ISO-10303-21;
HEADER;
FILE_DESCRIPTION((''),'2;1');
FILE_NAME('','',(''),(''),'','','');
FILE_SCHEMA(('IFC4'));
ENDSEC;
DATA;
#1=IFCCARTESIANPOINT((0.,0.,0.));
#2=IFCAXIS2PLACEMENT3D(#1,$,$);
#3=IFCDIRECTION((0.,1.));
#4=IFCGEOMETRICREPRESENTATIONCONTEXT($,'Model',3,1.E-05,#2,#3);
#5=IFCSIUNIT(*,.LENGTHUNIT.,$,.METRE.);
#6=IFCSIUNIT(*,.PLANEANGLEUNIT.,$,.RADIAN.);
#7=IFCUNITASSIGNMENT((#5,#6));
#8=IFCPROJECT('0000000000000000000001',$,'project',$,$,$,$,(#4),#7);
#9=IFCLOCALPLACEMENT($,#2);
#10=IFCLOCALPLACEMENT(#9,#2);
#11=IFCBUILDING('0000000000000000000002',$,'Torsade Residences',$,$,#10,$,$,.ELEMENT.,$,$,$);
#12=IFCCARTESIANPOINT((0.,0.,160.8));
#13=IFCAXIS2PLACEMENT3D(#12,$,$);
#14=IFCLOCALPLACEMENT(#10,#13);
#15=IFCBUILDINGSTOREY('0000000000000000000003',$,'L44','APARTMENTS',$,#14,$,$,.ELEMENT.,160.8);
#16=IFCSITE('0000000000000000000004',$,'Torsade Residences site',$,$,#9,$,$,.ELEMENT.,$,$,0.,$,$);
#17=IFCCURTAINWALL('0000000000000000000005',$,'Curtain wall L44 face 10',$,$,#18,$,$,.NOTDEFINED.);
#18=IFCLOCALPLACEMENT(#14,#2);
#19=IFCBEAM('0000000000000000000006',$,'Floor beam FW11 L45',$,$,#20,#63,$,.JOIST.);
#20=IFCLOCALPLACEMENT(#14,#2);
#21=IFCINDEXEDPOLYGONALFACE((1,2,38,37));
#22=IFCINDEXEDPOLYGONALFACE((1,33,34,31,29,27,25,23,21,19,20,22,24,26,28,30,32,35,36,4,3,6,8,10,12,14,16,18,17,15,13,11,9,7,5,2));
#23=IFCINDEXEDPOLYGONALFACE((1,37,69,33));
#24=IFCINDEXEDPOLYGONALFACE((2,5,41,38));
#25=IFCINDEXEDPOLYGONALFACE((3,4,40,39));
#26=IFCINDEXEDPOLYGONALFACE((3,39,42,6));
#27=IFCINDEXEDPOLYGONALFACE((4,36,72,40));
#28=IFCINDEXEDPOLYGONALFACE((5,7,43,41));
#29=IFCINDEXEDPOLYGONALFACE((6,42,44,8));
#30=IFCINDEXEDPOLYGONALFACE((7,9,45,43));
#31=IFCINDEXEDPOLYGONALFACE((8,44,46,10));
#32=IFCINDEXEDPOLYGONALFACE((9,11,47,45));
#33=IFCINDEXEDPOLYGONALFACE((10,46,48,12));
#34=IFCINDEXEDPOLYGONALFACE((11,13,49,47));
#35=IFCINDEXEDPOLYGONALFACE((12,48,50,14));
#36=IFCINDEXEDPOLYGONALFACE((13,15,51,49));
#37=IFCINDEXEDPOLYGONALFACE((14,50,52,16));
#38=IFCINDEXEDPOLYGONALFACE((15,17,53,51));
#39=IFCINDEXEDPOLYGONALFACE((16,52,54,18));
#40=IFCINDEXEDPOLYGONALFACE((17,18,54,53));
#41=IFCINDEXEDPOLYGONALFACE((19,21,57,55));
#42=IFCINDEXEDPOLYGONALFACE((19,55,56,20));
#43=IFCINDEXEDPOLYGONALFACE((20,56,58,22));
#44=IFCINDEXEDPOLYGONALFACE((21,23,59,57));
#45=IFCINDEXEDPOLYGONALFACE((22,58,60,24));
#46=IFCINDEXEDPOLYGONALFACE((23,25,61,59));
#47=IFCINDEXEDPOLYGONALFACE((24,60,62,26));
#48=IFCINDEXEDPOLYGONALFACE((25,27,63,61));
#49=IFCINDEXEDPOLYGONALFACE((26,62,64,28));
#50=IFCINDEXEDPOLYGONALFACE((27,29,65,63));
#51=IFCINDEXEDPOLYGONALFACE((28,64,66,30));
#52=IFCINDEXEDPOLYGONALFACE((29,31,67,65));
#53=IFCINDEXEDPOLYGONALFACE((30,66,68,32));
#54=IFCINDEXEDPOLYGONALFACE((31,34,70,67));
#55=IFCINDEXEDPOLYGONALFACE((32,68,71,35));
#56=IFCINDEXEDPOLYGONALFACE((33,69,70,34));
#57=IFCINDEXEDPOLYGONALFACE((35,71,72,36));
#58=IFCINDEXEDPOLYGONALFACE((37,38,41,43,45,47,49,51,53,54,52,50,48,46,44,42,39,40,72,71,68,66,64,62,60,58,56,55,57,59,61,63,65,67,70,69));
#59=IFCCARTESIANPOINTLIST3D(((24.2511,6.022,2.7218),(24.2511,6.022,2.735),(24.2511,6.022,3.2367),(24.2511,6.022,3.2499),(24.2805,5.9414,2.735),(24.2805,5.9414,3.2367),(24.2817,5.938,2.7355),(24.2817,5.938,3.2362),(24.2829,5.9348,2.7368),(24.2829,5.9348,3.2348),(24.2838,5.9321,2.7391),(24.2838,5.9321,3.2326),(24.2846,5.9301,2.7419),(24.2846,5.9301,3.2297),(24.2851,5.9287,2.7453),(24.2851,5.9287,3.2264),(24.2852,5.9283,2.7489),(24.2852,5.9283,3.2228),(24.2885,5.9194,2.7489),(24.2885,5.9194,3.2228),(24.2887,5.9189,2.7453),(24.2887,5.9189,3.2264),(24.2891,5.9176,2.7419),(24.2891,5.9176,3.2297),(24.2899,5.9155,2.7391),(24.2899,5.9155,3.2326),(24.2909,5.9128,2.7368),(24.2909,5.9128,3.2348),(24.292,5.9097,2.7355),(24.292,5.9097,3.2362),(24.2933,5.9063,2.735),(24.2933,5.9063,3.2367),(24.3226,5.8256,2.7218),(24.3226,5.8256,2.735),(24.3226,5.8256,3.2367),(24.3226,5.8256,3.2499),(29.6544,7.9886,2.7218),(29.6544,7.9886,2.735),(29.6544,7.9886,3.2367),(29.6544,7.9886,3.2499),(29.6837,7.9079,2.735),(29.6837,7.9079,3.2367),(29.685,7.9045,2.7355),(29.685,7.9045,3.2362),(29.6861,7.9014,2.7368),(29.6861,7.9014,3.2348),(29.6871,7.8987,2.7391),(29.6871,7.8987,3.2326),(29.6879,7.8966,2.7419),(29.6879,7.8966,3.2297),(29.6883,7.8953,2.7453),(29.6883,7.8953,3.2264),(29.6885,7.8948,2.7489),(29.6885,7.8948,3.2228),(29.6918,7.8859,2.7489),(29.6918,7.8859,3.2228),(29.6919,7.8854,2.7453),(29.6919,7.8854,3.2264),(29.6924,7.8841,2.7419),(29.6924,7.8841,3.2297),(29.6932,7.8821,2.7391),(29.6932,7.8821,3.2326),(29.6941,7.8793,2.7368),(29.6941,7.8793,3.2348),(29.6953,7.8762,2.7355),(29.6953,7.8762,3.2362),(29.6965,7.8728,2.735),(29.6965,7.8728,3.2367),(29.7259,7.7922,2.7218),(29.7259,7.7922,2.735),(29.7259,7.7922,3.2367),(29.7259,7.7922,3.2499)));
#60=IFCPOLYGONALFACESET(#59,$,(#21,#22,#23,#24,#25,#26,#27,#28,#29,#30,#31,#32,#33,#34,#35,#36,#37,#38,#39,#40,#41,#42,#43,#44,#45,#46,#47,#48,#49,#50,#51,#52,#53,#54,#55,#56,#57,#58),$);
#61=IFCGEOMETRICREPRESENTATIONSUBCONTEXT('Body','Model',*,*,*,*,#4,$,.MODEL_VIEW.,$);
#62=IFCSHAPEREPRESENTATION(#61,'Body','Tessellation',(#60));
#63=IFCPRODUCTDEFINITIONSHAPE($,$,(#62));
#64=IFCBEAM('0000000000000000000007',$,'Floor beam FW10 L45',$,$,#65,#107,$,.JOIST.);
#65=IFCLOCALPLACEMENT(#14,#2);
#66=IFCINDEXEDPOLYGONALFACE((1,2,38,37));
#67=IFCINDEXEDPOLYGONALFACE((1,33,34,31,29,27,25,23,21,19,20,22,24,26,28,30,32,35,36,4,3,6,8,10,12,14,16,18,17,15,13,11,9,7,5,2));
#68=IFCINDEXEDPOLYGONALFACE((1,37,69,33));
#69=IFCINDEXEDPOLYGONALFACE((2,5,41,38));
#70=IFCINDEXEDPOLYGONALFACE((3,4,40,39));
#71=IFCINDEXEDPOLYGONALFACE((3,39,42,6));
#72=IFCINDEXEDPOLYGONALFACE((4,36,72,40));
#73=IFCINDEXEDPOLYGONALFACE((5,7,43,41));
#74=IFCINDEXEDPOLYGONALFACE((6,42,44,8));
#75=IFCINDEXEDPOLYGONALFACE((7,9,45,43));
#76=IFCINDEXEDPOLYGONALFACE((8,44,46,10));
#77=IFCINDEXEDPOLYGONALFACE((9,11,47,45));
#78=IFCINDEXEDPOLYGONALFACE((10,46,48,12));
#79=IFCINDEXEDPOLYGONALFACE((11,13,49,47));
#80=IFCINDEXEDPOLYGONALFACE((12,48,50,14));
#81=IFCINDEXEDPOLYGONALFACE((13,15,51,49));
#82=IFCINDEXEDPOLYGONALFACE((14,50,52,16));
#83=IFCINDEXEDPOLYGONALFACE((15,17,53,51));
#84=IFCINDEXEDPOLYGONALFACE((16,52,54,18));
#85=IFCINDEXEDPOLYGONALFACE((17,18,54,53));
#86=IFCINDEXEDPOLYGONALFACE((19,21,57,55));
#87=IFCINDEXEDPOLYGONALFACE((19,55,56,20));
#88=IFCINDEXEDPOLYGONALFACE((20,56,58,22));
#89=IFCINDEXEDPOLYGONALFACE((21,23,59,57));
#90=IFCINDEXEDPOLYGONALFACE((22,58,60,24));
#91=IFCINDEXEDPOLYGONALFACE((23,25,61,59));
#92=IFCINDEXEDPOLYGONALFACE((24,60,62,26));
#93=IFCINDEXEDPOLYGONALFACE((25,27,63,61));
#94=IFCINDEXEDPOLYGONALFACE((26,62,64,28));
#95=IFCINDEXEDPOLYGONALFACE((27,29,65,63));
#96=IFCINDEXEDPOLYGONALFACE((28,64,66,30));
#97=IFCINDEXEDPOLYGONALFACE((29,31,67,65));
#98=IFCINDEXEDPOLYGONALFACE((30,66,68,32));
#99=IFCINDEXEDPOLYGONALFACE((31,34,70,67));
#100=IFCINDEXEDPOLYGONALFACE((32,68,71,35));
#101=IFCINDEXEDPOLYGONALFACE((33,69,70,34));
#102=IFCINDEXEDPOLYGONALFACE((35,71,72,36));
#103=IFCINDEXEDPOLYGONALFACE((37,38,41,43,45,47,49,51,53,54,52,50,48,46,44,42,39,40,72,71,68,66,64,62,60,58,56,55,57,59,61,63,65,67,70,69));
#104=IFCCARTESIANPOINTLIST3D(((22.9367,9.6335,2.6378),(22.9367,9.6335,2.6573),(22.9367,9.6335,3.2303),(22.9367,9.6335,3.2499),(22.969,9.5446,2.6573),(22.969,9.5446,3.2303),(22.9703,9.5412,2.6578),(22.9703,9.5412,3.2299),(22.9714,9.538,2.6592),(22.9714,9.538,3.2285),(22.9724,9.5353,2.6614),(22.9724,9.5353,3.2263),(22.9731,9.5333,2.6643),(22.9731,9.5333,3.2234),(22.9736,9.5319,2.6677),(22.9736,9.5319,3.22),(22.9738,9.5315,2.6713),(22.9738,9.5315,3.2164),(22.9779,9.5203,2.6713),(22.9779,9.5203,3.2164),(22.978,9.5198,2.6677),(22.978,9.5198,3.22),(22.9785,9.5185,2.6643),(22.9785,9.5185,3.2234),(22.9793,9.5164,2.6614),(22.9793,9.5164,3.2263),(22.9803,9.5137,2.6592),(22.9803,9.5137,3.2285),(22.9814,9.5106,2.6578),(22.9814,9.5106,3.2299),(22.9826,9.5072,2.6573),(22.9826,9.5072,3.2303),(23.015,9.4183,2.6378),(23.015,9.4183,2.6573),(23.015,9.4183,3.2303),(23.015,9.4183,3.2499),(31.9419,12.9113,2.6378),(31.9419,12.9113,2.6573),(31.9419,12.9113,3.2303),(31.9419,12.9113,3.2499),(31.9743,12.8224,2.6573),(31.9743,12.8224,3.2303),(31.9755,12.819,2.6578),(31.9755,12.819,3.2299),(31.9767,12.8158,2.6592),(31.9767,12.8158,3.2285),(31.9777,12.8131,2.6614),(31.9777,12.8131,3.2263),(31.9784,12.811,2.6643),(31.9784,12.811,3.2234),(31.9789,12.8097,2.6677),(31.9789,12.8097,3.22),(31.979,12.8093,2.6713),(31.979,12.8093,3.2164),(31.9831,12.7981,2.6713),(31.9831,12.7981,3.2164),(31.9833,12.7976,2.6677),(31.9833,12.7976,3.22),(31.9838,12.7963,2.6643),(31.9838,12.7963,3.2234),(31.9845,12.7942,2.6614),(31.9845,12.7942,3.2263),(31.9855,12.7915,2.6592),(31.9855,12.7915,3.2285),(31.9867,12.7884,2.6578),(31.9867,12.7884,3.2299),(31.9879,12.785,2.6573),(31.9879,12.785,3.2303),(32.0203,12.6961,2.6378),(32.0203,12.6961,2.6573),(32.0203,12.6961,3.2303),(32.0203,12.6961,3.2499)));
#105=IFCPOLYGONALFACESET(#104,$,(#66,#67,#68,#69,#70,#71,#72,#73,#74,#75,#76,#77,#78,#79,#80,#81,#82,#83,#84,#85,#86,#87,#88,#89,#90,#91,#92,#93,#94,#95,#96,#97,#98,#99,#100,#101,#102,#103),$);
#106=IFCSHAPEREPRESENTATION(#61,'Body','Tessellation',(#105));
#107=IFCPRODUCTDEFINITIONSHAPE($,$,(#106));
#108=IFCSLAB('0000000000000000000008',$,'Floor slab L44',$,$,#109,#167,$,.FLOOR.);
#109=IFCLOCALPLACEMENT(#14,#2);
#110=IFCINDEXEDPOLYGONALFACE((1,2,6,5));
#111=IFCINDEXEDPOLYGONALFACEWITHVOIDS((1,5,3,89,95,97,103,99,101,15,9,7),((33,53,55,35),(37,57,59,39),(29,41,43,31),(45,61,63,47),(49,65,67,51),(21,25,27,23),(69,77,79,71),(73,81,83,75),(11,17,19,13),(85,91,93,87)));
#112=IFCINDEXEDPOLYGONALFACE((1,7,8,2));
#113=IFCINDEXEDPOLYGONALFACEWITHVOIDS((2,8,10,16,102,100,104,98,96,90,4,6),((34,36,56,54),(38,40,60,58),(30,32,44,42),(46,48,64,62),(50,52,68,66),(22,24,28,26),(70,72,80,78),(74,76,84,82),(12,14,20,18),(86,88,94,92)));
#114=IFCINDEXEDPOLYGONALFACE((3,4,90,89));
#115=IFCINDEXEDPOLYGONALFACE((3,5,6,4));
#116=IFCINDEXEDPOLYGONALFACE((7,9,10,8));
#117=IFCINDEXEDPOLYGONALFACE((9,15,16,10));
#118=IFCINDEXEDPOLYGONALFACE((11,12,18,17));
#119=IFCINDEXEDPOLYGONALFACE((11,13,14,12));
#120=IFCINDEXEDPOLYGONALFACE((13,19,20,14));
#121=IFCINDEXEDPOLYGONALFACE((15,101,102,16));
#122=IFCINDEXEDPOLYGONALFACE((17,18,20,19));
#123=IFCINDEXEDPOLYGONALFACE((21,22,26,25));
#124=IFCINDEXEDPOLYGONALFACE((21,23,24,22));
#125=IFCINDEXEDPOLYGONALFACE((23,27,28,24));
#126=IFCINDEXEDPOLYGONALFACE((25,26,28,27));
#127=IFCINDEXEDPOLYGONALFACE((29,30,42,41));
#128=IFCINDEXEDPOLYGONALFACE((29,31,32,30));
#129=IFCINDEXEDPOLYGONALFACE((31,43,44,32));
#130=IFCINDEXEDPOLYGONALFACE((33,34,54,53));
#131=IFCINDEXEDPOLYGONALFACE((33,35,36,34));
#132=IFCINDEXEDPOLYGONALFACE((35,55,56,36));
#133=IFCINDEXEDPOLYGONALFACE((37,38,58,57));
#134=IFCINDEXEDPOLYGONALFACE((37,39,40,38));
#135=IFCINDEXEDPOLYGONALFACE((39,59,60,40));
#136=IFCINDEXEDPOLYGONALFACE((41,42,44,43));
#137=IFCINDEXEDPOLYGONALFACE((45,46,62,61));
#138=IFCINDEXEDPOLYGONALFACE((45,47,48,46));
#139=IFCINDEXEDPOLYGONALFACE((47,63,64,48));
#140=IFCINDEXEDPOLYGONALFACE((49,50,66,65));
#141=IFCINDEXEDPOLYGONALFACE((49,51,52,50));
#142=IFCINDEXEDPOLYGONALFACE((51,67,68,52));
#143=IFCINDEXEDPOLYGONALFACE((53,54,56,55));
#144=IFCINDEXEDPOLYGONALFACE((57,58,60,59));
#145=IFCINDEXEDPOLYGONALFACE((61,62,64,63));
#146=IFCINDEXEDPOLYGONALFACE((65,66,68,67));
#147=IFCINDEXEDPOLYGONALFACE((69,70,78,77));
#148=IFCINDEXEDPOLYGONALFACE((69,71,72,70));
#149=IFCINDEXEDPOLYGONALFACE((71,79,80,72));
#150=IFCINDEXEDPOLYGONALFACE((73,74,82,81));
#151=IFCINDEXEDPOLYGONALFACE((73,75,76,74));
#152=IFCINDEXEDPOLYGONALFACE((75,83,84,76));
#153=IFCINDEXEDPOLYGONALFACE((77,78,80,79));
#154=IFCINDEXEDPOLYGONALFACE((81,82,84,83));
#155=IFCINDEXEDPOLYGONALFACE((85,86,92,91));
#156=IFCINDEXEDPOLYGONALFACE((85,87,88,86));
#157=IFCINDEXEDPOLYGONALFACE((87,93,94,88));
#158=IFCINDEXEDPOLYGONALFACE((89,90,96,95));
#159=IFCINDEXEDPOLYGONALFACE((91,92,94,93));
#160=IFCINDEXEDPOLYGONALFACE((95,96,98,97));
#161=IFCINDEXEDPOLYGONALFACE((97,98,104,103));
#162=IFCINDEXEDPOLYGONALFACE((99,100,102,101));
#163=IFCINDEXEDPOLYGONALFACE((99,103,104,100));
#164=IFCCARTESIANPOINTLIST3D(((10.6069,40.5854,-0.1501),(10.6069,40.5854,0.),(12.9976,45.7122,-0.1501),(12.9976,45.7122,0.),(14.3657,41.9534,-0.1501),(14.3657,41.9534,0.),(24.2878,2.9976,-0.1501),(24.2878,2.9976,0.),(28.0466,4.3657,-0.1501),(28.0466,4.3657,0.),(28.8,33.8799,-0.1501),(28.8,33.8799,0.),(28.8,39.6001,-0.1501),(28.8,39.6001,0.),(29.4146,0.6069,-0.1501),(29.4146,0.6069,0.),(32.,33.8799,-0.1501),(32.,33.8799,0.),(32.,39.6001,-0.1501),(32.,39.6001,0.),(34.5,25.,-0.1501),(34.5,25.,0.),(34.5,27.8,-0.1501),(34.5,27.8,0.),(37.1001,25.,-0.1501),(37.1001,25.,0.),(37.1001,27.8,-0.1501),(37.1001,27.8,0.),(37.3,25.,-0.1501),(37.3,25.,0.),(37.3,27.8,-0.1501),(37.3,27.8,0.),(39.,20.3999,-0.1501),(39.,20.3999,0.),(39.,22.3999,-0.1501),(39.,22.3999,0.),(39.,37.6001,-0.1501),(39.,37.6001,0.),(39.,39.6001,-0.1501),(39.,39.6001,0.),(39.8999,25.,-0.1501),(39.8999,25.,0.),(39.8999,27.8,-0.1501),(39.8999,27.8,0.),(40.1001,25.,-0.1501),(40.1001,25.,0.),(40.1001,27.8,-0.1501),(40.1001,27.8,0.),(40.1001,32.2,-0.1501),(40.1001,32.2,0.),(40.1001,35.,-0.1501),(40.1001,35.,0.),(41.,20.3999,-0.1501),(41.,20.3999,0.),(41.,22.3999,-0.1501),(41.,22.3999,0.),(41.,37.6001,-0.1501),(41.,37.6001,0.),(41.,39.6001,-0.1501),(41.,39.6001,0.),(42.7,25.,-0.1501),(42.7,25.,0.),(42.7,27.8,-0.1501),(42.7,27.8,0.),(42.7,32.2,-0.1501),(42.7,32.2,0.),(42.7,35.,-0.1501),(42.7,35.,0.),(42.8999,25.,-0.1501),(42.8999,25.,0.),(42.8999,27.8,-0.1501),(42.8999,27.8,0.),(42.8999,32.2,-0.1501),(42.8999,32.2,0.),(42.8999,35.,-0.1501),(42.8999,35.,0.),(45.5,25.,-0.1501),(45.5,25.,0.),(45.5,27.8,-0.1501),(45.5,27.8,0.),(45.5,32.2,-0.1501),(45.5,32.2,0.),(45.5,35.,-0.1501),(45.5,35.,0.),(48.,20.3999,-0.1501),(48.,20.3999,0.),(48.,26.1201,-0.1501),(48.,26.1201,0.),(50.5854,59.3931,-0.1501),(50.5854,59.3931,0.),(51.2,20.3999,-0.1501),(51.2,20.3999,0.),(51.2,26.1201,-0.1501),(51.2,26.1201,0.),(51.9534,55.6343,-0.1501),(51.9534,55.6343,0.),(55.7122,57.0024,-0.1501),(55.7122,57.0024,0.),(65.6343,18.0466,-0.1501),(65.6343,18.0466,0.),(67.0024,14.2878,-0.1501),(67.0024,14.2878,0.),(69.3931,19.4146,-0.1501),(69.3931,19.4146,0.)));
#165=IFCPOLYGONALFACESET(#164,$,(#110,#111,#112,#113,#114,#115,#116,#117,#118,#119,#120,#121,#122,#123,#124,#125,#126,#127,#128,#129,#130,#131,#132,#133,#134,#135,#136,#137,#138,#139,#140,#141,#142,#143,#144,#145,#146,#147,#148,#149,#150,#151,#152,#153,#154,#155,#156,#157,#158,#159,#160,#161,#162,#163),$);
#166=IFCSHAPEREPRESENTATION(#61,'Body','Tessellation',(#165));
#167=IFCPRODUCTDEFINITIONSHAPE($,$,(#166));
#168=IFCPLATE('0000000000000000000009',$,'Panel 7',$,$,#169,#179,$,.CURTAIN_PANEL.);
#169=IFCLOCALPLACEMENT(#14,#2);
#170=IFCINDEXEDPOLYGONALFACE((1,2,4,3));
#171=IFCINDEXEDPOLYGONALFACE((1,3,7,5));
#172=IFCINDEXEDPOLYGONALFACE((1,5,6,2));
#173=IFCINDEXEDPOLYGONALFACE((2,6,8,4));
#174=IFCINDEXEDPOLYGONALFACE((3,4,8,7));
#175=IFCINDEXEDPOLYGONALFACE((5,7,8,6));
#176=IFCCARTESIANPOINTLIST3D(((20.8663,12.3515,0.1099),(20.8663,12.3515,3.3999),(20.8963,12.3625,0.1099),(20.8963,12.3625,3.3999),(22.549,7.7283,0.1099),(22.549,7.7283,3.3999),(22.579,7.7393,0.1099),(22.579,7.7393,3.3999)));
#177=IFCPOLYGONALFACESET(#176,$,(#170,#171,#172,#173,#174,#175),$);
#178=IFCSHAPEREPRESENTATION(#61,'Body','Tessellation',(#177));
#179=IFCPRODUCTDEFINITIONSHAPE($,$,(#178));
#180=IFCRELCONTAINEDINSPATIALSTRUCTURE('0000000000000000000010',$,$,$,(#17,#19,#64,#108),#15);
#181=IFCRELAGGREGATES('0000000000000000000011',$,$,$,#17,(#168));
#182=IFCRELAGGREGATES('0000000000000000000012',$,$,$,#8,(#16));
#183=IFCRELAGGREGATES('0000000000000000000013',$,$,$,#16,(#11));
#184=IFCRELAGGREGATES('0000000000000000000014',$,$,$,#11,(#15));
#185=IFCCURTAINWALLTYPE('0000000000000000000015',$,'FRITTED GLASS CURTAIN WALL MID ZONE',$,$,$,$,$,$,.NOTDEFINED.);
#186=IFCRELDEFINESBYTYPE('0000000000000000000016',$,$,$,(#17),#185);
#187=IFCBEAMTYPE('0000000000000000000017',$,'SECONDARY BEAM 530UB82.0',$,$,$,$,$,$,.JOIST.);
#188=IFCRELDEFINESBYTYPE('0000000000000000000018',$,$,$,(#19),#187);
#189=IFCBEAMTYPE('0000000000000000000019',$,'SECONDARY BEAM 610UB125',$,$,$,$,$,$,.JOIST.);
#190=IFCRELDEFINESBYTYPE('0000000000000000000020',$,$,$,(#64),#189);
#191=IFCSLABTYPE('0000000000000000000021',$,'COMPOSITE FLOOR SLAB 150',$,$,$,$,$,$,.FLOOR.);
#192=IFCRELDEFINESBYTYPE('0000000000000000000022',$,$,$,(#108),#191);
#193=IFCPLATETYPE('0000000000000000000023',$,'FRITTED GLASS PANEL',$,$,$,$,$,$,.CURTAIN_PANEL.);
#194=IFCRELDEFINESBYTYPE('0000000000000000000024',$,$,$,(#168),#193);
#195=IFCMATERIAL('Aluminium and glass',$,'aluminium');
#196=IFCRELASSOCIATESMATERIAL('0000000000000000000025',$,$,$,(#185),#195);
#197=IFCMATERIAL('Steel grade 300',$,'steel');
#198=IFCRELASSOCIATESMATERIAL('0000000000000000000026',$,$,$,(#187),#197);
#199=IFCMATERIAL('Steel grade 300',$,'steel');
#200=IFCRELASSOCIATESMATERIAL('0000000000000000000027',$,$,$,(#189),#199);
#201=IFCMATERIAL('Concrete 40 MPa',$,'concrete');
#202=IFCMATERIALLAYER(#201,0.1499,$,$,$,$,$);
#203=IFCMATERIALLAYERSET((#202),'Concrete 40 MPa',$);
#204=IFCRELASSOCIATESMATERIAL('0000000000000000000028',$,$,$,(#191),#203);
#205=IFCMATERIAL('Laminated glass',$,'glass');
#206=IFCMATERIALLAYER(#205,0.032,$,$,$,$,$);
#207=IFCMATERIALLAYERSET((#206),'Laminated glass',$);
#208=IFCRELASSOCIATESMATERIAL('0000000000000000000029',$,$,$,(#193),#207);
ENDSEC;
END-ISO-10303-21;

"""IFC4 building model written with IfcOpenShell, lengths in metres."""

from ifc_helpers import new_model, si_unit, direction, frame, origin, origin_2d, place, context, subcontext, project, spatial, polyline, rectangle, i_section, outline, extrude, material, layer, layer_set, material_profile, profile_set, type_object, element, aggregate, save


model = new_model("IFC4")

# Units and contexts
model_context = context("Model", 3, precision=1e-05, world=origin(), true_north=direction((0.0, 1.0)))
body_context = subcontext(model_context, "Body", "Model", "MODEL_VIEW")
ifc_project = project(units=[si_unit("LENGTHUNIT", "METRE"), si_unit("PLANEANGLEUNIT", "RADIAN")], contexts=[model_context])

# Site, building, storey
site_placement = place(None, origin())
site = spatial("IfcSite", under=ifc_project, at=site_placement, Name="Torsade Residences site", CompositionType="ELEMENT", RefElevation=0.0)
building_placement = place(site_placement, origin())
building = spatial("IfcBuilding", under=site, at=building_placement, Name="Torsade Residences", CompositionType="ELEMENT")
storey_placement = place(building_placement, frame((0.0, 0.0, 160.8)))
storey = spatial("IfcBuildingStorey", under=building, at=storey_placement, Name="L44", Description="APARTMENTS", CompositionType="ELEMENT", Elevation=160.8)

# Curtain wall
ifc_material_1 = material(Name="Aluminium and glass", Category="aluminium")
curtain_wall_type = type_object("IfcCurtainWallType", Name="FRITTED GLASS CURTAIN WALL MID ZONE", PredefinedType="NOTDEFINED", material=ifc_material_1)
curtain_wall_placement = place(storey_placement, origin())
curtain_wall = element("IfcCurtainWall", 1, at=curtain_wall_placement, inside=storey, type_object=curtain_wall_type, Name="Curtain wall L44 face 10", PredefinedType="NOTDEFINED")

# Beams
ifc_material_2 = material(Name="Steel grade 300", Category="steel")
ifc_material_profile_1 = material_profile(ifc_material_2, i_section(OverallWidth=0.209, OverallDepth=0.5281, WebThickness=0.0095, FlangeThickness=0.0132, FilletRadius=0.0139, at=origin_2d()), Name="530UB82.0")
ifc_profile_set_1 = profile_set([ifc_material_profile_1], Name="Steel grade 300")
beam_type_1 = type_object("IfcBeamType", Name="SECONDARY BEAM 530UB82.0", PredefinedType="JOIST", material=ifc_profile_set_1)
beam_1_placement = place(storey_placement, frame((24.2869, 5.9238, 2.9858), z_axis=(0.939698, 0.342006, 0.0), x_axis=(-0.342006, 0.939698, 0.0)))
element("IfcBeam", 2, at=beam_1_placement, inside=storey, type_object=beam_type_1, Name="Floor beam FW11 L45", PredefinedType="JOIST", context=body_context, shape_type="SweptSolid", body=[
    extrude(i_section(OverallWidth=0.209, OverallDepth=0.5281, WebThickness=0.0095, FlangeThickness=0.0132, FilletRadius=0.0139, at=origin_2d()), origin(), (0.0, 0.0, 1.0), 5.75),
])
ifc_material_3 = material(Name="Steel grade 300", Category="steel")
ifc_material_profile_2 = material_profile(ifc_material_3, i_section(OverallWidth=0.229, OverallDepth=0.6121, WebThickness=0.012, FlangeThickness=0.0195, FilletRadius=0.0139, at=origin_2d()), Name="610UB125")
ifc_profile_set_2 = profile_set([ifc_material_profile_2], Name="Steel grade 300")
beam_type_2 = type_object("IfcBeamType", Name="SECONDARY BEAM 610UB125", PredefinedType="JOIST", material=ifc_profile_set_2)
beam_2_placement = place(storey_placement, frame((22.9758, 9.5259, 2.9438), z_axis=(0.939688, 0.342034, 0.0), x_axis=(-0.342034, 0.939688, 0.0)))
element("IfcBeam", 3, at=beam_2_placement, inside=storey, type_object=beam_type_2, Name="Floor beam FW10 L45", PredefinedType="JOIST", context=body_context, shape_type="SweptSolid", body=[
    extrude(i_section(OverallWidth=0.229, OverallDepth=0.6121, WebThickness=0.012, FlangeThickness=0.0195, FilletRadius=0.0139, at=origin_2d()), origin(), (0.0, 0.0, 1.0), 9.5833),
])

# Slab
ifc_material_4 = material(Name="Concrete 40 MPa", Category="concrete")
ifc_layer_1 = layer(ifc_material_4, 0.1499)
ifc_layer_set_1 = layer_set([ifc_layer_1], Name="Concrete 40 MPa")
slab_type_1 = type_object("IfcSlabType", Name="COMPOSITE FLOOR SLAB 150", PredefinedType="FLOOR", material=ifc_layer_set_1)
slab_1_placement = place(storey_placement, frame((0.0, 0.0, -0.1501)))
element("IfcSlab", 4, at=slab_1_placement, inside=storey, type_object=slab_type_1, Name="Floor slab L44", PredefinedType="FLOOR", context=body_context, shape_type="SweptSolid", body=[
    extrude(outline(polyline([(29.4146, 0.6069), (67.0024, 14.2878), (65.6343, 18.0466), (69.3931, 19.4146), (55.7122, 57.0024), (51.9534, 55.6343), (50.5854, 59.3931), (12.9976, 45.7122), (14.3657, 41.9534), (10.6069, 40.5854), (24.2878, 2.9976), (28.0466, 4.3657), (29.4146, 0.6069)]), holes=[polyline([(51.2, 26.1201), (48.0, 26.1201), (48.0, 20.3999), (51.2, 20.3999), (51.2, 26.1201)]), polyline([(45.5, 27.8), (42.8999, 27.8), (42.8999, 25.0), (45.5, 25.0), (45.5, 27.8)]), polyline([(45.5, 35.0), (42.8999, 35.0), (42.8999, 32.2), (45.5, 32.2), (45.5, 35.0)]), polyline([(42.7, 25.0), (42.7, 27.8), (40.1001, 27.8), (40.1001, 25.0), (42.7, 25.0)]), polyline([(42.7, 35.0), (40.1001, 35.0), (40.1001, 32.2), (42.7, 32.2), (42.7, 35.0)]), polyline([(41.0, 22.3999), (39.0, 22.3999), (39.0, 20.3999), (41.0, 20.3999), (41.0, 22.3999)]), polyline([(41.0, 37.6001), (41.0, 39.6001), (39.0, 39.6001), (39.0, 37.6001), (41.0, 37.6001)]), polyline([(39.8999, 25.0), (39.8999, 27.8), (37.3, 27.8), (37.3, 25.0), (39.8999, 25.0)]), polyline([(37.1001, 27.8), (34.5, 27.8), (34.5, 25.0), (37.1001, 25.0), (37.1001, 27.8)]), polyline([(32.0, 33.8799), (32.0, 39.6001), (28.8, 39.6001), (28.8, 33.8799), (32.0, 33.8799)])]), origin(), (0.0, 0.0, 1.0), 0.1501),
])

# Plate
ifc_material_5 = material(Name="Laminated glass", Category="glass")
ifc_layer_2 = layer(ifc_material_5, 0.032)
ifc_layer_set_2 = layer_set([ifc_layer_2], Name="Laminated glass")
plate_type = type_object("IfcPlateType", Name="FRITTED GLASS PANEL", PredefinedType="CURTAIN_PANEL", material=ifc_layer_set_2)
plate_1_placement = place(storey_placement, frame((21.7227, 10.0454, 0.1099), z_axis=(0.0, 0.0, 1.0), x_axis=(0.34202, -0.939693, 0.0)))
plate_1 = element("IfcPlate", 5, at=plate_1_placement, type_object=plate_type, Name="Panel 7", PredefinedType="CURTAIN_PANEL", context=body_context, shape_type="SweptSolid", body=[
    extrude(rectangle(XDim=4.9199, YDim=0.032, at=origin_2d()), origin(), (0.0, 0.0, 1.0), 3.29),
])
aggregate(curtain_wall, [plate_1])

save(model, "model.ifc")
